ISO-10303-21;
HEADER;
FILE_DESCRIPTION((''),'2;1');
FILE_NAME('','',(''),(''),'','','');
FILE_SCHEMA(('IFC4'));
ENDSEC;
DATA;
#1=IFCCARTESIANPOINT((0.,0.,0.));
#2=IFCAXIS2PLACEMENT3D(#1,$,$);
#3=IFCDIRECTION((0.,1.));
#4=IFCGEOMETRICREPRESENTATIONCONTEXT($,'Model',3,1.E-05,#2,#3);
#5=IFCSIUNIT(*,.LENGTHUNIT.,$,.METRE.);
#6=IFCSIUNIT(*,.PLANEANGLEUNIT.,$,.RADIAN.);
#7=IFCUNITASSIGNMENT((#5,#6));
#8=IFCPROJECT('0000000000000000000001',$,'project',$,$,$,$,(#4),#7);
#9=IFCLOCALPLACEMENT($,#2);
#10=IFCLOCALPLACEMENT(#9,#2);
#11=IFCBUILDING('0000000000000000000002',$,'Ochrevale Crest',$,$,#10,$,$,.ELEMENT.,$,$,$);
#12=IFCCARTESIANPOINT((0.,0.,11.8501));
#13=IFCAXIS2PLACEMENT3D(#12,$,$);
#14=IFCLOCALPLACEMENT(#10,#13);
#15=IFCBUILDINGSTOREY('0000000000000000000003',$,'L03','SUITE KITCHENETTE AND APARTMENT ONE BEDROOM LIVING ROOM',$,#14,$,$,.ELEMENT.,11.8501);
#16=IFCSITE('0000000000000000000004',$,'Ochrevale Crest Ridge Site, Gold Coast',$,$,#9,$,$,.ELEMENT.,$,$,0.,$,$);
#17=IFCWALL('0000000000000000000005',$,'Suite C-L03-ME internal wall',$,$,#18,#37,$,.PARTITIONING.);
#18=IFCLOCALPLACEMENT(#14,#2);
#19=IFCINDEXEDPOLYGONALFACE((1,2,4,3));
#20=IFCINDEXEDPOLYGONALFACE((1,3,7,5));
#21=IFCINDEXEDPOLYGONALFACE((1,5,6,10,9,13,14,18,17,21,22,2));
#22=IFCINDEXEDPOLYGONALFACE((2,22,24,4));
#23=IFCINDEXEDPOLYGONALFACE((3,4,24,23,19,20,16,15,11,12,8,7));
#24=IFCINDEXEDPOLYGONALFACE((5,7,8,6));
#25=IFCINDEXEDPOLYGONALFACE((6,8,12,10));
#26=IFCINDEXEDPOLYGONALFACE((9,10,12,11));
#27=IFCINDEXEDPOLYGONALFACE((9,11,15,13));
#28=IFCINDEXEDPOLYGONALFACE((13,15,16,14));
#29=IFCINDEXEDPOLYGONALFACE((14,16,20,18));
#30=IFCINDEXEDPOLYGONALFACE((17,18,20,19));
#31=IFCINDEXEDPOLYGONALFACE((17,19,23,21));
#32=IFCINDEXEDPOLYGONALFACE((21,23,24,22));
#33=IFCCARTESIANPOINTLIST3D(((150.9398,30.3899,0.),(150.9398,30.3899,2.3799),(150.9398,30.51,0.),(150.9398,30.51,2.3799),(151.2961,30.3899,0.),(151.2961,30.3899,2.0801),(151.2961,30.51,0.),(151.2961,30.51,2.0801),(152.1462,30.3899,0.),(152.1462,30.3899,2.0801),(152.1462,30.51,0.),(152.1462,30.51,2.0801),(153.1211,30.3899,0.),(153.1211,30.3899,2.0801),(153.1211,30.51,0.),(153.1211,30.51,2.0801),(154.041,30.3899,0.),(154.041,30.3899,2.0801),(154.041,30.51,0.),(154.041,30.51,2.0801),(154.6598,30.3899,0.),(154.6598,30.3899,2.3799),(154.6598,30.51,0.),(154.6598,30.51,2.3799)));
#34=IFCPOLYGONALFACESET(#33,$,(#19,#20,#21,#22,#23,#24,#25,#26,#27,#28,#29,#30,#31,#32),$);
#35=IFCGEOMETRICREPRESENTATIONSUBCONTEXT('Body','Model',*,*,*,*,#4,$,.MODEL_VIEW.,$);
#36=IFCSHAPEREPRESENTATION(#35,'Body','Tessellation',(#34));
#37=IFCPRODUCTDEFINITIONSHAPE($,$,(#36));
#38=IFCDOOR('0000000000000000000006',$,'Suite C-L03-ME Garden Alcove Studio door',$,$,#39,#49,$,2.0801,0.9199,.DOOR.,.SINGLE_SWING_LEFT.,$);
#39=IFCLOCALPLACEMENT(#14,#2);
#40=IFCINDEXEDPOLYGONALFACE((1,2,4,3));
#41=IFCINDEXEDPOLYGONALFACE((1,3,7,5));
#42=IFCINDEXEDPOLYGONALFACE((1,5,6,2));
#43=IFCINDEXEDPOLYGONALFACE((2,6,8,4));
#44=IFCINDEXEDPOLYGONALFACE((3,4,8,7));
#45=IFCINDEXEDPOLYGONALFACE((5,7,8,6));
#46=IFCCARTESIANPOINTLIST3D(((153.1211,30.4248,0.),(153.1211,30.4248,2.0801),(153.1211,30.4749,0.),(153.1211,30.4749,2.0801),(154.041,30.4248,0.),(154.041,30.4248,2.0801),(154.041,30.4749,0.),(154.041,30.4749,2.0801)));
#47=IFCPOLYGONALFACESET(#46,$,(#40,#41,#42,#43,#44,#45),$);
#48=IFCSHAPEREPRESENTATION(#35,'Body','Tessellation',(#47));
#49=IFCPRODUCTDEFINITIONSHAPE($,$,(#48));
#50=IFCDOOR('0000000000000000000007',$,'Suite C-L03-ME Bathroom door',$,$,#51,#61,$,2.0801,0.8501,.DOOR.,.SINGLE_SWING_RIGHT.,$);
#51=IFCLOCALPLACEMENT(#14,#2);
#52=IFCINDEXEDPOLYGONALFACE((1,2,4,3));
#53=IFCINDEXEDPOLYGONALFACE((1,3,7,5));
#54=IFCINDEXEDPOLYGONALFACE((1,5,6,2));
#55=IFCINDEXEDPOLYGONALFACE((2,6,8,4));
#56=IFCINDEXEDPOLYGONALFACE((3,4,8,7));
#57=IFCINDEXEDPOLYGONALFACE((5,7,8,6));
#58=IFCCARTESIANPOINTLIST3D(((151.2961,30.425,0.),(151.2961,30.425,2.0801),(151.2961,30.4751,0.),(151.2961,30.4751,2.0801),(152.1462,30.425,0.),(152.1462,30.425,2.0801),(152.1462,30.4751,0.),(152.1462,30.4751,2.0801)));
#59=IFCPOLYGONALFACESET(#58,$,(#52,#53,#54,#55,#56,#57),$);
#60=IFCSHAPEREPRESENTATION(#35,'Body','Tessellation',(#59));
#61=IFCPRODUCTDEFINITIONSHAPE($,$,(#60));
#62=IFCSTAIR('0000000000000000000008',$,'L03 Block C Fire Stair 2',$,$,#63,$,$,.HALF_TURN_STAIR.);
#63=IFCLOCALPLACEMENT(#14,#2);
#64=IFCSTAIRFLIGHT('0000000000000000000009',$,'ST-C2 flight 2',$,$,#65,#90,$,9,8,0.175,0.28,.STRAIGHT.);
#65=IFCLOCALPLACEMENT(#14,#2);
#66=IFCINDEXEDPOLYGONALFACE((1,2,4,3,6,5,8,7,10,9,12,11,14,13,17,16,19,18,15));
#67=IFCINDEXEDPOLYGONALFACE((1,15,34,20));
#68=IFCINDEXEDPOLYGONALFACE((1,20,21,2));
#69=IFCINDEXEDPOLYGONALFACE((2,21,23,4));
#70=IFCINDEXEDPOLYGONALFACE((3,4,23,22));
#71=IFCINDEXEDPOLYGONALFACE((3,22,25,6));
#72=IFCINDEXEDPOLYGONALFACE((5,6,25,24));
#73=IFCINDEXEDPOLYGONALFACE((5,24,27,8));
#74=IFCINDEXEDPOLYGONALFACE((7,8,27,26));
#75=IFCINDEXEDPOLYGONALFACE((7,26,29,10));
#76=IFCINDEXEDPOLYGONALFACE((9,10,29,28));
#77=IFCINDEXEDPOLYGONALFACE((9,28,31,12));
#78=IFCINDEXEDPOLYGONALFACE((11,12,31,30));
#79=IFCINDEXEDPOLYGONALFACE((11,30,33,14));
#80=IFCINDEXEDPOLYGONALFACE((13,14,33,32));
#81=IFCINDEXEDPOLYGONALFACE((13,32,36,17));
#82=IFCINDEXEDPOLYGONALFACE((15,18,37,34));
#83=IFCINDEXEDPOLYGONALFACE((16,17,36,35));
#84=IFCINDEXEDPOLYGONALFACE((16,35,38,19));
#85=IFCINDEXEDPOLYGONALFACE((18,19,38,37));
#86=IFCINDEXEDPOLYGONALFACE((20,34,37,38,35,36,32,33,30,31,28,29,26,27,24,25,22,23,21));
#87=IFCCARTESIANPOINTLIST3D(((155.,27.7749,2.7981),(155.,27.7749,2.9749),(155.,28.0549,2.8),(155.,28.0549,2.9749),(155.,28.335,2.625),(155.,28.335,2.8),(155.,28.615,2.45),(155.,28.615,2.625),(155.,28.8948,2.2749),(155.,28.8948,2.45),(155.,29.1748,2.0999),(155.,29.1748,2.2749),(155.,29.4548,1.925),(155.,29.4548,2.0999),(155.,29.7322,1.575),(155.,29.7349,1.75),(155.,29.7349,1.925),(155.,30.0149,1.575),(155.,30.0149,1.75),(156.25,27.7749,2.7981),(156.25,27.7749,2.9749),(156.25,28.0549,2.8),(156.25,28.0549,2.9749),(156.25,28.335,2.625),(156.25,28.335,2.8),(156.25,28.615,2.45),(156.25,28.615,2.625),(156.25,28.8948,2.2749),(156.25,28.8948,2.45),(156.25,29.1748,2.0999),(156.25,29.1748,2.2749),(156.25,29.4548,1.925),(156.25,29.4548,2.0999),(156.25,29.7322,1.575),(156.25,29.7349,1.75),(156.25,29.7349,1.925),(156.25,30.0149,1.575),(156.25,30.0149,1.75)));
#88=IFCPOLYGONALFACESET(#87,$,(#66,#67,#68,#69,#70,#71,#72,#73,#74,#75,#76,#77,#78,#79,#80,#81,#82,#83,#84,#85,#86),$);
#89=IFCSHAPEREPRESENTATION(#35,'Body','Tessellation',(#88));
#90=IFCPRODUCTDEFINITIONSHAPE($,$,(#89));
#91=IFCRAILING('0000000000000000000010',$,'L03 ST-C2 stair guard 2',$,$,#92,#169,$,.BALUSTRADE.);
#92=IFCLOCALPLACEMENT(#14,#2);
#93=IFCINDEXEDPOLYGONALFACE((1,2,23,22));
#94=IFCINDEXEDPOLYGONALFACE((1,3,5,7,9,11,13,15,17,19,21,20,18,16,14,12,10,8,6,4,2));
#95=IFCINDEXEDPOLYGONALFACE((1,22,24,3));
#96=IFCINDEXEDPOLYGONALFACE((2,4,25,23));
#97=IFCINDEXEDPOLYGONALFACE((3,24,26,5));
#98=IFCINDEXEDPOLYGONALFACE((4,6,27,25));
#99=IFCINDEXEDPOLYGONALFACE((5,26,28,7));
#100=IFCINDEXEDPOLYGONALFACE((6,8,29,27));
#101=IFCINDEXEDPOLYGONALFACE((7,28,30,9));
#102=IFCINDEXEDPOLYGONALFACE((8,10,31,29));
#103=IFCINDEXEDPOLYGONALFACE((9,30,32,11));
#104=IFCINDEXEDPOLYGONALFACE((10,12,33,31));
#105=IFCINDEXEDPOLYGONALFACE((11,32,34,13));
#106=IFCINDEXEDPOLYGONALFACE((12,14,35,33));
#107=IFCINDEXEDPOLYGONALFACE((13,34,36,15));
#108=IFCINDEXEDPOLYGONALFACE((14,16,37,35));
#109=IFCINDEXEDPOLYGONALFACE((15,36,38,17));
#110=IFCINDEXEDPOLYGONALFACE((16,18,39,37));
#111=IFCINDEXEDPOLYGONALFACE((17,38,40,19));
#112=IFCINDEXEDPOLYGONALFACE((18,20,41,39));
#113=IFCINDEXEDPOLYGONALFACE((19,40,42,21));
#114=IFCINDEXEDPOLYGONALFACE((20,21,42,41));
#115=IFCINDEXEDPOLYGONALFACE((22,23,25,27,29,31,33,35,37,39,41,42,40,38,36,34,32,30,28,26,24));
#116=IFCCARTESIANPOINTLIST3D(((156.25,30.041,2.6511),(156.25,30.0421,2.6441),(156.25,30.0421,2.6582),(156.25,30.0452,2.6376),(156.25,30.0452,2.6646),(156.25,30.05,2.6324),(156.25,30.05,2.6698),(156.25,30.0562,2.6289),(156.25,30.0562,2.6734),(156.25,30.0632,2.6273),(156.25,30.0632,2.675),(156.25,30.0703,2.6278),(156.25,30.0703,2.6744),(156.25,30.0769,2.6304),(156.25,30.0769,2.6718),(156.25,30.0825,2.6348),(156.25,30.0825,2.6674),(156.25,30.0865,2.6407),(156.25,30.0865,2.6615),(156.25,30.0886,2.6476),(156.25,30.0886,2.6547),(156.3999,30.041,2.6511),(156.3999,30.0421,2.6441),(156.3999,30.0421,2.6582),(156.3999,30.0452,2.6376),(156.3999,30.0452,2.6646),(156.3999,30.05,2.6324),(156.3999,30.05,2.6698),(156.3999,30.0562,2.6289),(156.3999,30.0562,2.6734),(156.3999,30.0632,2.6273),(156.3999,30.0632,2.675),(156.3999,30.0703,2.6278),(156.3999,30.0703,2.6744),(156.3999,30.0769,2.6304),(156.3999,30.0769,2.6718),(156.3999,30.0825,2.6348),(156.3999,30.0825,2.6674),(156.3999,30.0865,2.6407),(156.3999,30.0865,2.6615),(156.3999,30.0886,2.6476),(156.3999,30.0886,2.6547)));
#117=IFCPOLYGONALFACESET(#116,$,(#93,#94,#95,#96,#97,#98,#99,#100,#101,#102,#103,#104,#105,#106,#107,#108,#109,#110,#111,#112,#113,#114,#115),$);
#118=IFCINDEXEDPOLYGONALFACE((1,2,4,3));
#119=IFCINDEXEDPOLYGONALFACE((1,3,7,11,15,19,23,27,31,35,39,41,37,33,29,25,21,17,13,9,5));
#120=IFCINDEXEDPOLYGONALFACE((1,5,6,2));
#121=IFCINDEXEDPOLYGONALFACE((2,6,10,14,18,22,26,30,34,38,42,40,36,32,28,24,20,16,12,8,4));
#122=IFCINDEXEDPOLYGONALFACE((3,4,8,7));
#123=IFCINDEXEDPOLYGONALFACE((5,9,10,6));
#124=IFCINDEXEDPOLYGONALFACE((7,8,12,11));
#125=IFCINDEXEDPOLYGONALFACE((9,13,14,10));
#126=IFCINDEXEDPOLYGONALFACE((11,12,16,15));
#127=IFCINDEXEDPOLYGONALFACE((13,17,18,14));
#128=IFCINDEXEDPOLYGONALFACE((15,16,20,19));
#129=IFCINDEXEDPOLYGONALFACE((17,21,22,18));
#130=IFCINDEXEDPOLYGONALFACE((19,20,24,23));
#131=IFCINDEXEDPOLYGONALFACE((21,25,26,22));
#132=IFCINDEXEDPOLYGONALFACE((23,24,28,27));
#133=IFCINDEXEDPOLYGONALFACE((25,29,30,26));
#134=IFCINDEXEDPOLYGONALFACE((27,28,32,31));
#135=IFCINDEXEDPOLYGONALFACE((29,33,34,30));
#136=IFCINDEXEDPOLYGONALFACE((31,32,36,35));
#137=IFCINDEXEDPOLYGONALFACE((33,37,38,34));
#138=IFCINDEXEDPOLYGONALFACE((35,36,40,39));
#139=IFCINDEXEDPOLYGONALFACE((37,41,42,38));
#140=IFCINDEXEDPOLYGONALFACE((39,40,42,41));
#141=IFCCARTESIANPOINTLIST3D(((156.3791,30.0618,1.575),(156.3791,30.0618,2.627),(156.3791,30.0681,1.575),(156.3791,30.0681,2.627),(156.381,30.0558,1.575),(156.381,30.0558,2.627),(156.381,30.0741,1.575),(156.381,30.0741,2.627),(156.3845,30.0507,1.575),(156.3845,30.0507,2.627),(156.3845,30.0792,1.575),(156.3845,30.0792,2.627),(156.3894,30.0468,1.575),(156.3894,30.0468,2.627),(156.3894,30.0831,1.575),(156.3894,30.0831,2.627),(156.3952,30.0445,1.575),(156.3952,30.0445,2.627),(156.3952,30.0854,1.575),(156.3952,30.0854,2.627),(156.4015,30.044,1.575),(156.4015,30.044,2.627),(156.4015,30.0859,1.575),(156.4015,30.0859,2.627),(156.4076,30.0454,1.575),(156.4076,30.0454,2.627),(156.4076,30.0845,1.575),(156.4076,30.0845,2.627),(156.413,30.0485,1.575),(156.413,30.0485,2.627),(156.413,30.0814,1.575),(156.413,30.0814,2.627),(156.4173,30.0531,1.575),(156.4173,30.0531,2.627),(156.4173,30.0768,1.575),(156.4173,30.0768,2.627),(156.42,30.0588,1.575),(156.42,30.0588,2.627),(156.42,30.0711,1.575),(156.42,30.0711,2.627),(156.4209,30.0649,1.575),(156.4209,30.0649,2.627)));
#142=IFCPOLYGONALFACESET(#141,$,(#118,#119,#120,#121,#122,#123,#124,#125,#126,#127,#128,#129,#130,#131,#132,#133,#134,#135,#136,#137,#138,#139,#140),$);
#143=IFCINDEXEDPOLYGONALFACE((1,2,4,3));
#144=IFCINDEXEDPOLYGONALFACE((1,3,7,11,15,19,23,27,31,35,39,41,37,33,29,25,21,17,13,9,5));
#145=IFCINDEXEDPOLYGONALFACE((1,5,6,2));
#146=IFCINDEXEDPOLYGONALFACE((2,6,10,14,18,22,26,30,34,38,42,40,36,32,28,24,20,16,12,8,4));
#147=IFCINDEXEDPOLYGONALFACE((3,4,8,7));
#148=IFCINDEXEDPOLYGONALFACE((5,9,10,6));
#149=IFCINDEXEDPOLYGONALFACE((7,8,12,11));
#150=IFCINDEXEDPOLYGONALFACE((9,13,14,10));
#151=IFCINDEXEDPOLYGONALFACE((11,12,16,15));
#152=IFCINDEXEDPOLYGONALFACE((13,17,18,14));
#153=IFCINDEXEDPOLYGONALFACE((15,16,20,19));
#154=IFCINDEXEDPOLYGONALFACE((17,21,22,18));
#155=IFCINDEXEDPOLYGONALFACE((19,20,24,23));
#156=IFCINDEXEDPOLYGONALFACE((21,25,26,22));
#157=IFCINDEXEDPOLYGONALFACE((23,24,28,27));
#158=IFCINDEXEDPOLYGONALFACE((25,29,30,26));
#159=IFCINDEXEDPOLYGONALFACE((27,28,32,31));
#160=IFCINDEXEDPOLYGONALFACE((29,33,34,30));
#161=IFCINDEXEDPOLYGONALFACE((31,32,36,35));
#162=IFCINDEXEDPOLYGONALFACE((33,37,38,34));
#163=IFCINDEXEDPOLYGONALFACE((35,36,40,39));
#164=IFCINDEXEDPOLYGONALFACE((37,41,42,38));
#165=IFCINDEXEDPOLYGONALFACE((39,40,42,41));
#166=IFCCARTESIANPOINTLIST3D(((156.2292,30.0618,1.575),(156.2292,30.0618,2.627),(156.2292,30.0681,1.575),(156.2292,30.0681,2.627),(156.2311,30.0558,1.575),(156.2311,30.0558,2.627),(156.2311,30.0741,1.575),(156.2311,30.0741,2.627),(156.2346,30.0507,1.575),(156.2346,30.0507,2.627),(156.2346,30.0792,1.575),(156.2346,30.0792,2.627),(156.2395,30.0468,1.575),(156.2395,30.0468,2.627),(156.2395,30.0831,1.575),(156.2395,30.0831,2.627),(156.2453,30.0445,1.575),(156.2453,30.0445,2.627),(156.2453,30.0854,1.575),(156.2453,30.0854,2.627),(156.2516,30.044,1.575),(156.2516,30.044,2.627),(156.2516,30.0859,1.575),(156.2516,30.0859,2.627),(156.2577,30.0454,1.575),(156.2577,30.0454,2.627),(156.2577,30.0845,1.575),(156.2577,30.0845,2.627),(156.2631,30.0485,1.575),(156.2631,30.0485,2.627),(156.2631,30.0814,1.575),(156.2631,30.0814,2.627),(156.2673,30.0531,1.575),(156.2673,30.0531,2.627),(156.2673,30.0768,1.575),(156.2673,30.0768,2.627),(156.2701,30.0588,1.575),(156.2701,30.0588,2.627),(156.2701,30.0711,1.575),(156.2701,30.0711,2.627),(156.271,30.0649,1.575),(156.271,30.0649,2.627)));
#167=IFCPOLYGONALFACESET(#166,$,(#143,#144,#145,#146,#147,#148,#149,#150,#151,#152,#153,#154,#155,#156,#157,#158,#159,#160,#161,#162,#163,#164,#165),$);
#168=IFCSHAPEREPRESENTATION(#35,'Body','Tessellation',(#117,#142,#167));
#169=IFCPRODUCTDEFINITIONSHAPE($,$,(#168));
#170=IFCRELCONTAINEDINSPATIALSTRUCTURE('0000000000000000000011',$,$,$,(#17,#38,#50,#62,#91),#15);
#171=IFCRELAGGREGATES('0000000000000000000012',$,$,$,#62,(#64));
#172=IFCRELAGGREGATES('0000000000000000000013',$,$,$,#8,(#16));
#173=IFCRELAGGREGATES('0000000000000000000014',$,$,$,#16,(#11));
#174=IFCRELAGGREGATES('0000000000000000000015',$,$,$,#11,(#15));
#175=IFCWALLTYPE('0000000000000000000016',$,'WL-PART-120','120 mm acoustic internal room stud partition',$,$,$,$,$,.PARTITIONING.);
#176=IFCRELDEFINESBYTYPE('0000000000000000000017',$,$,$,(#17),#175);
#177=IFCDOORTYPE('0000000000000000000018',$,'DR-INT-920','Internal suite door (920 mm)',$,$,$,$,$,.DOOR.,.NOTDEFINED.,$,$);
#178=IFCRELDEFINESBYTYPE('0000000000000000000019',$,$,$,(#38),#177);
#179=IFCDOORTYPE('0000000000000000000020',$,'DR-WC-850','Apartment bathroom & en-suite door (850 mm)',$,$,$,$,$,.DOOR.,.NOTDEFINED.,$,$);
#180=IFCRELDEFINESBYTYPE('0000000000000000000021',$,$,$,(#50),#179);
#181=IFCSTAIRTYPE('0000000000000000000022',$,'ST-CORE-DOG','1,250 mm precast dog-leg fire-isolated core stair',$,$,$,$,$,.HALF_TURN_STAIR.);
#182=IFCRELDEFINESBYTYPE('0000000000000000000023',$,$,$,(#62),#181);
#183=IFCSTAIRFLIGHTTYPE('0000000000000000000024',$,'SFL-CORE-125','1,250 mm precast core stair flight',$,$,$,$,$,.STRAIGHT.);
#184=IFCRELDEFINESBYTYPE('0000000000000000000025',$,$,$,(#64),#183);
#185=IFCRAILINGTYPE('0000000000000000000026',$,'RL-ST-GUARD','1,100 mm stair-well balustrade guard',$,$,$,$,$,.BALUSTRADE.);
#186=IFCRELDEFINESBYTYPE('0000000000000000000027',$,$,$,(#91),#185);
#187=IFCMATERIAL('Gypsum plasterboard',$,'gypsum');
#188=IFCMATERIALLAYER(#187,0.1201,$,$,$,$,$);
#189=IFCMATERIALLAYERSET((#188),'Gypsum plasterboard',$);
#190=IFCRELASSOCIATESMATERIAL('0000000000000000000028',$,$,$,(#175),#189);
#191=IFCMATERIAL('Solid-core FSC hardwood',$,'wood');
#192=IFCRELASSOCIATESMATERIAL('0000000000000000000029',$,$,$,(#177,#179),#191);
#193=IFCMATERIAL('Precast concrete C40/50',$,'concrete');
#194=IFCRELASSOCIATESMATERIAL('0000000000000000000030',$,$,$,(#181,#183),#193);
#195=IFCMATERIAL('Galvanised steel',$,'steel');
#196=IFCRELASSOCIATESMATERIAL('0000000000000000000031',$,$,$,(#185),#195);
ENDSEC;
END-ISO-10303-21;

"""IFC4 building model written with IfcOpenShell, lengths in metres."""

from ifc_helpers import new_model, si_unit, direction, frame, frame_2d, origin, origin_2d, place, context, subcontext, project, spatial, polyline, rectangle, circle, outline, extrude, material, layer, layer_set, type_object, element, fill, aggregate, save


model = new_model("IFC4")

# Units and contexts
model_context = context("Model", 3, precision=1e-05, world=origin(), true_north=direction((0.0, 1.0)))
body_context = subcontext(model_context, "Body", "Model", "MODEL_VIEW")
ifc_project = project(units=[si_unit("LENGTHUNIT", "METRE"), si_unit("PLANEANGLEUNIT", "RADIAN")], contexts=[model_context])

# Site, building, storey
site_placement = place(None, origin())
site = spatial("IfcSite", under=ifc_project, at=site_placement, Name="Ochrevale Crest Ridge Site, Gold Coast", CompositionType="ELEMENT", RefElevation=0.0)
building_placement = place(site_placement, origin())
building = spatial("IfcBuilding", under=site, at=building_placement, Name="Ochrevale Crest", CompositionType="ELEMENT")
storey_placement = place(building_placement, frame((0.0, 0.0, 11.8501)))
storey = spatial("IfcBuildingStorey", under=building, at=storey_placement, Name="L03", Description="SUITE KITCHENETTE AND APARTMENT ONE BEDROOM LIVING ROOM", CompositionType="ELEMENT", Elevation=11.8501)

# Shared definitions
ifc_material_1 = material(Name="Solid-core FSC hardwood", Category="wood")

# Wall, openings, doors
ifc_material_2 = material(Name="Gypsum plasterboard", Category="gypsum")
ifc_layer_1 = layer(ifc_material_2, 0.1201)
ifc_layer_set_1 = layer_set([ifc_layer_1], Name="Gypsum plasterboard")
wall_type_1 = type_object("IfcWallType", Name="WL-PART-120", Description="120 mm acoustic internal room stud partition", PredefinedType="PARTITIONING", material=ifc_layer_set_1)
wall_1_placement = place(storey_placement, frame((150.9399, 30.45, 0.0), z_axis=(0.0, 0.0, 1.0), x_axis=(1.0, 0.0, 0.0)))
wall_1 = element("IfcWall", 1, at=wall_1_placement, inside=storey, type_object=wall_type_1, Name="Suite C-L03-ME internal wall", PredefinedType="PARTITIONING", context=body_context, shape_type="SweptSolid", body=[
    extrude(rectangle(XDim=3.72, YDim=0.1201, at=frame_2d((1.8599, 0.0))), origin(), (0.0, 0.0, 1.0), 2.3799),
])
opening_1_placement = place(wall_1_placement, frame((1.2063, 0.0, 0.0), z_axis=(0.0, 0.0, 1.0), x_axis=(-1.0, 0.0, 0.0)))
opening_1 = element("IfcOpeningElement", 2, at=opening_1_placement, cuts=wall_1, PredefinedType="OPENING", context=body_context, shape_type="SweptSolid", body=[
    extrude(rectangle(XDim=0.8501, YDim=2.0801, at=frame_2d((0.425, 1.04))), frame((0.0, 0.0701, 0.0), z_axis=(0.0, -1.0, 0.0), x_axis=(1.0, 0.0, 0.0)), (0.0, 0.0, 1.0), 0.1401),
])
opening_2_placement = place(wall_1_placement, frame((2.1812, 0.0, 0.0)))
opening_2 = element("IfcOpeningElement", 3, at=opening_2_placement, cuts=wall_1, PredefinedType="OPENING", context=body_context, shape_type="SweptSolid", body=[
    extrude(rectangle(XDim=0.9199, YDim=2.0801, at=frame_2d((0.46, 1.04))), frame((0.0, 0.0701, 0.0), z_axis=(0.0, -1.0, 0.0), x_axis=(1.0, 0.0, 0.0)), (0.0, 0.0, 1.0), 0.1401),
])
door_type_1 = type_object("IfcDoorType", Name="DR-INT-920", Description="Internal suite door (920 mm)", OperationType="NOTDEFINED", PredefinedType="DOOR", material=ifc_material_1)
door_1_placement = place(opening_2_placement, origin())
door_1 = element("IfcDoor", 4, at=door_1_placement, inside=storey, type_object=door_type_1, Name="Suite C-L03-ME Garden Alcove Studio door", OperationType="SINGLE_SWING_LEFT", OverallHeight=2.0801, OverallWidth=0.9199, PredefinedType="DOOR", context=body_context, shape_type="SweptSolid", body=[
    extrude(rectangle(XDim=0.9199, YDim=2.0801, at=frame_2d((0.46, 1.04))), frame((0.0, 0.0249, 0.0), z_axis=(0.0, -1.0, 0.0), x_axis=(1.0, 0.0, 0.0)), (0.0, 0.0, 1.0), 0.05),
])
fill(opening_2, door_1)
door_type_2 = type_object("IfcDoorType", Name="DR-WC-850", Description="Apartment bathroom & en-suite door (850 mm)", OperationType="NOTDEFINED", PredefinedType="DOOR", material=ifc_material_1)
door_2_placement = place(opening_1_placement, origin())
door_2 = element("IfcDoor", 5, at=door_2_placement, inside=storey, type_object=door_type_2, Name="Suite C-L03-ME Bathroom door", OperationType="SINGLE_SWING_RIGHT", OverallHeight=2.0801, OverallWidth=0.8501, PredefinedType="DOOR", context=body_context, shape_type="SweptSolid", body=[
    extrude(rectangle(XDim=0.8501, YDim=2.0801, at=frame_2d((0.425, 1.04))), frame((0.0, 0.0249, 0.0), z_axis=(0.0, -1.0, 0.0), x_axis=(1.0, 0.0, 0.0)), (0.0, 0.0, 1.0), 0.05),
])
fill(opening_1, door_2)

# Stair, stair flight
ifc_material_3 = material(Name="Precast concrete C40/50", Category="concrete")
stair_type = type_object("IfcStairType", Name="ST-CORE-DOG", Description="1,250 mm precast dog-leg fire-isolated core stair", PredefinedType="HALF_TURN_STAIR", material=ifc_material_3)
stair_placement = place(storey_placement, origin())
stair = element("IfcStair", 6, at=stair_placement, inside=storey, type_object=stair_type, Name="L03 Block C Fire Stair 2", PredefinedType="HALF_TURN_STAIR")
stair_flight_type = type_object("IfcStairFlightType", Name="SFL-CORE-125", Description="1,250 mm precast core stair flight", PredefinedType="STRAIGHT", material=ifc_material_3)
stair_flight_placement = place(storey_placement, frame((155.625, 30.0149, 1.575), z_axis=(0.0, 0.0, 1.0), x_axis=(0.0, -1.0, 0.0)))
stair_flight = element("IfcStairFlight", 7, at=stair_flight_placement, type_object=stair_flight_type, Name="ST-C2 flight 2", NumberOfRisers=9, NumberOfTreads=8, PredefinedType="STRAIGHT", RiserHeight=0.175, TreadLength=0.28, context=body_context, shape_type="SweptSolid", body=[
    extrude(outline(polyline([(0.0, 0.0), (0.0, 0.175), (0.28, 0.175), (0.28, 0.3501), (0.5601, 0.3501), (0.5601, 0.5249), (0.8401, 0.5249), (0.8401, 0.7), (1.1201, 0.7), (1.1201, 0.875), (1.3999, 0.875), (1.3999, 1.05), (1.6799, 1.05), (1.6799, 1.2251), (1.96, 1.2251), (1.96, 1.3999), (2.24, 1.3999), (2.24, 1.575), (2.24, 1.2231), (0.2827, 0.0), (0.0, 0.0)])), frame((0.0, 0.625, 0.0), z_axis=(0.0, -1.0, 0.0), x_axis=(1.0, 0.0, 0.0)), (0.0, 0.0, 1.0), 1.25),
])
aggregate(stair, [stair_flight])

# Railing
ifc_material_4 = material(Name="Galvanised steel", Category="steel")
railing_type_1 = type_object("IfcRailingType", Name="RL-ST-GUARD", Description="1,100 mm stair-well balustrade guard", PredefinedType="BALUSTRADE", material=ifc_material_4)
railing_1_placement = place(storey_placement, frame((156.3999, 30.0649, 1.575)))
element("IfcRailing", 8, at=railing_1_placement, inside=storey, type_object=railing_type_1, Name="L03 ST-C2 stair guard 2", PredefinedType="BALUSTRADE", context=body_context, shape_type="SweptSolid", body=[
    extrude(circle(Radius=0.0239, at=origin_2d()), frame((0.0, 0.0, 1.0762), z_axis=(-1.0, 0.0, 0.0), x_axis=(0.0, -1.0, 0.0)), (0.0, 0.0, 1.0), 0.1499),
    extrude(circle(Radius=0.021, at=origin_2d()), origin(), (0.0, 0.0, 1.0), 1.052),
    extrude(circle(Radius=0.021, at=origin_2d()), frame((-0.1499, 0.0, 0.0)), (0.0, 0.0, 1.0), 1.052),
])

save(model, "model.ifc")
